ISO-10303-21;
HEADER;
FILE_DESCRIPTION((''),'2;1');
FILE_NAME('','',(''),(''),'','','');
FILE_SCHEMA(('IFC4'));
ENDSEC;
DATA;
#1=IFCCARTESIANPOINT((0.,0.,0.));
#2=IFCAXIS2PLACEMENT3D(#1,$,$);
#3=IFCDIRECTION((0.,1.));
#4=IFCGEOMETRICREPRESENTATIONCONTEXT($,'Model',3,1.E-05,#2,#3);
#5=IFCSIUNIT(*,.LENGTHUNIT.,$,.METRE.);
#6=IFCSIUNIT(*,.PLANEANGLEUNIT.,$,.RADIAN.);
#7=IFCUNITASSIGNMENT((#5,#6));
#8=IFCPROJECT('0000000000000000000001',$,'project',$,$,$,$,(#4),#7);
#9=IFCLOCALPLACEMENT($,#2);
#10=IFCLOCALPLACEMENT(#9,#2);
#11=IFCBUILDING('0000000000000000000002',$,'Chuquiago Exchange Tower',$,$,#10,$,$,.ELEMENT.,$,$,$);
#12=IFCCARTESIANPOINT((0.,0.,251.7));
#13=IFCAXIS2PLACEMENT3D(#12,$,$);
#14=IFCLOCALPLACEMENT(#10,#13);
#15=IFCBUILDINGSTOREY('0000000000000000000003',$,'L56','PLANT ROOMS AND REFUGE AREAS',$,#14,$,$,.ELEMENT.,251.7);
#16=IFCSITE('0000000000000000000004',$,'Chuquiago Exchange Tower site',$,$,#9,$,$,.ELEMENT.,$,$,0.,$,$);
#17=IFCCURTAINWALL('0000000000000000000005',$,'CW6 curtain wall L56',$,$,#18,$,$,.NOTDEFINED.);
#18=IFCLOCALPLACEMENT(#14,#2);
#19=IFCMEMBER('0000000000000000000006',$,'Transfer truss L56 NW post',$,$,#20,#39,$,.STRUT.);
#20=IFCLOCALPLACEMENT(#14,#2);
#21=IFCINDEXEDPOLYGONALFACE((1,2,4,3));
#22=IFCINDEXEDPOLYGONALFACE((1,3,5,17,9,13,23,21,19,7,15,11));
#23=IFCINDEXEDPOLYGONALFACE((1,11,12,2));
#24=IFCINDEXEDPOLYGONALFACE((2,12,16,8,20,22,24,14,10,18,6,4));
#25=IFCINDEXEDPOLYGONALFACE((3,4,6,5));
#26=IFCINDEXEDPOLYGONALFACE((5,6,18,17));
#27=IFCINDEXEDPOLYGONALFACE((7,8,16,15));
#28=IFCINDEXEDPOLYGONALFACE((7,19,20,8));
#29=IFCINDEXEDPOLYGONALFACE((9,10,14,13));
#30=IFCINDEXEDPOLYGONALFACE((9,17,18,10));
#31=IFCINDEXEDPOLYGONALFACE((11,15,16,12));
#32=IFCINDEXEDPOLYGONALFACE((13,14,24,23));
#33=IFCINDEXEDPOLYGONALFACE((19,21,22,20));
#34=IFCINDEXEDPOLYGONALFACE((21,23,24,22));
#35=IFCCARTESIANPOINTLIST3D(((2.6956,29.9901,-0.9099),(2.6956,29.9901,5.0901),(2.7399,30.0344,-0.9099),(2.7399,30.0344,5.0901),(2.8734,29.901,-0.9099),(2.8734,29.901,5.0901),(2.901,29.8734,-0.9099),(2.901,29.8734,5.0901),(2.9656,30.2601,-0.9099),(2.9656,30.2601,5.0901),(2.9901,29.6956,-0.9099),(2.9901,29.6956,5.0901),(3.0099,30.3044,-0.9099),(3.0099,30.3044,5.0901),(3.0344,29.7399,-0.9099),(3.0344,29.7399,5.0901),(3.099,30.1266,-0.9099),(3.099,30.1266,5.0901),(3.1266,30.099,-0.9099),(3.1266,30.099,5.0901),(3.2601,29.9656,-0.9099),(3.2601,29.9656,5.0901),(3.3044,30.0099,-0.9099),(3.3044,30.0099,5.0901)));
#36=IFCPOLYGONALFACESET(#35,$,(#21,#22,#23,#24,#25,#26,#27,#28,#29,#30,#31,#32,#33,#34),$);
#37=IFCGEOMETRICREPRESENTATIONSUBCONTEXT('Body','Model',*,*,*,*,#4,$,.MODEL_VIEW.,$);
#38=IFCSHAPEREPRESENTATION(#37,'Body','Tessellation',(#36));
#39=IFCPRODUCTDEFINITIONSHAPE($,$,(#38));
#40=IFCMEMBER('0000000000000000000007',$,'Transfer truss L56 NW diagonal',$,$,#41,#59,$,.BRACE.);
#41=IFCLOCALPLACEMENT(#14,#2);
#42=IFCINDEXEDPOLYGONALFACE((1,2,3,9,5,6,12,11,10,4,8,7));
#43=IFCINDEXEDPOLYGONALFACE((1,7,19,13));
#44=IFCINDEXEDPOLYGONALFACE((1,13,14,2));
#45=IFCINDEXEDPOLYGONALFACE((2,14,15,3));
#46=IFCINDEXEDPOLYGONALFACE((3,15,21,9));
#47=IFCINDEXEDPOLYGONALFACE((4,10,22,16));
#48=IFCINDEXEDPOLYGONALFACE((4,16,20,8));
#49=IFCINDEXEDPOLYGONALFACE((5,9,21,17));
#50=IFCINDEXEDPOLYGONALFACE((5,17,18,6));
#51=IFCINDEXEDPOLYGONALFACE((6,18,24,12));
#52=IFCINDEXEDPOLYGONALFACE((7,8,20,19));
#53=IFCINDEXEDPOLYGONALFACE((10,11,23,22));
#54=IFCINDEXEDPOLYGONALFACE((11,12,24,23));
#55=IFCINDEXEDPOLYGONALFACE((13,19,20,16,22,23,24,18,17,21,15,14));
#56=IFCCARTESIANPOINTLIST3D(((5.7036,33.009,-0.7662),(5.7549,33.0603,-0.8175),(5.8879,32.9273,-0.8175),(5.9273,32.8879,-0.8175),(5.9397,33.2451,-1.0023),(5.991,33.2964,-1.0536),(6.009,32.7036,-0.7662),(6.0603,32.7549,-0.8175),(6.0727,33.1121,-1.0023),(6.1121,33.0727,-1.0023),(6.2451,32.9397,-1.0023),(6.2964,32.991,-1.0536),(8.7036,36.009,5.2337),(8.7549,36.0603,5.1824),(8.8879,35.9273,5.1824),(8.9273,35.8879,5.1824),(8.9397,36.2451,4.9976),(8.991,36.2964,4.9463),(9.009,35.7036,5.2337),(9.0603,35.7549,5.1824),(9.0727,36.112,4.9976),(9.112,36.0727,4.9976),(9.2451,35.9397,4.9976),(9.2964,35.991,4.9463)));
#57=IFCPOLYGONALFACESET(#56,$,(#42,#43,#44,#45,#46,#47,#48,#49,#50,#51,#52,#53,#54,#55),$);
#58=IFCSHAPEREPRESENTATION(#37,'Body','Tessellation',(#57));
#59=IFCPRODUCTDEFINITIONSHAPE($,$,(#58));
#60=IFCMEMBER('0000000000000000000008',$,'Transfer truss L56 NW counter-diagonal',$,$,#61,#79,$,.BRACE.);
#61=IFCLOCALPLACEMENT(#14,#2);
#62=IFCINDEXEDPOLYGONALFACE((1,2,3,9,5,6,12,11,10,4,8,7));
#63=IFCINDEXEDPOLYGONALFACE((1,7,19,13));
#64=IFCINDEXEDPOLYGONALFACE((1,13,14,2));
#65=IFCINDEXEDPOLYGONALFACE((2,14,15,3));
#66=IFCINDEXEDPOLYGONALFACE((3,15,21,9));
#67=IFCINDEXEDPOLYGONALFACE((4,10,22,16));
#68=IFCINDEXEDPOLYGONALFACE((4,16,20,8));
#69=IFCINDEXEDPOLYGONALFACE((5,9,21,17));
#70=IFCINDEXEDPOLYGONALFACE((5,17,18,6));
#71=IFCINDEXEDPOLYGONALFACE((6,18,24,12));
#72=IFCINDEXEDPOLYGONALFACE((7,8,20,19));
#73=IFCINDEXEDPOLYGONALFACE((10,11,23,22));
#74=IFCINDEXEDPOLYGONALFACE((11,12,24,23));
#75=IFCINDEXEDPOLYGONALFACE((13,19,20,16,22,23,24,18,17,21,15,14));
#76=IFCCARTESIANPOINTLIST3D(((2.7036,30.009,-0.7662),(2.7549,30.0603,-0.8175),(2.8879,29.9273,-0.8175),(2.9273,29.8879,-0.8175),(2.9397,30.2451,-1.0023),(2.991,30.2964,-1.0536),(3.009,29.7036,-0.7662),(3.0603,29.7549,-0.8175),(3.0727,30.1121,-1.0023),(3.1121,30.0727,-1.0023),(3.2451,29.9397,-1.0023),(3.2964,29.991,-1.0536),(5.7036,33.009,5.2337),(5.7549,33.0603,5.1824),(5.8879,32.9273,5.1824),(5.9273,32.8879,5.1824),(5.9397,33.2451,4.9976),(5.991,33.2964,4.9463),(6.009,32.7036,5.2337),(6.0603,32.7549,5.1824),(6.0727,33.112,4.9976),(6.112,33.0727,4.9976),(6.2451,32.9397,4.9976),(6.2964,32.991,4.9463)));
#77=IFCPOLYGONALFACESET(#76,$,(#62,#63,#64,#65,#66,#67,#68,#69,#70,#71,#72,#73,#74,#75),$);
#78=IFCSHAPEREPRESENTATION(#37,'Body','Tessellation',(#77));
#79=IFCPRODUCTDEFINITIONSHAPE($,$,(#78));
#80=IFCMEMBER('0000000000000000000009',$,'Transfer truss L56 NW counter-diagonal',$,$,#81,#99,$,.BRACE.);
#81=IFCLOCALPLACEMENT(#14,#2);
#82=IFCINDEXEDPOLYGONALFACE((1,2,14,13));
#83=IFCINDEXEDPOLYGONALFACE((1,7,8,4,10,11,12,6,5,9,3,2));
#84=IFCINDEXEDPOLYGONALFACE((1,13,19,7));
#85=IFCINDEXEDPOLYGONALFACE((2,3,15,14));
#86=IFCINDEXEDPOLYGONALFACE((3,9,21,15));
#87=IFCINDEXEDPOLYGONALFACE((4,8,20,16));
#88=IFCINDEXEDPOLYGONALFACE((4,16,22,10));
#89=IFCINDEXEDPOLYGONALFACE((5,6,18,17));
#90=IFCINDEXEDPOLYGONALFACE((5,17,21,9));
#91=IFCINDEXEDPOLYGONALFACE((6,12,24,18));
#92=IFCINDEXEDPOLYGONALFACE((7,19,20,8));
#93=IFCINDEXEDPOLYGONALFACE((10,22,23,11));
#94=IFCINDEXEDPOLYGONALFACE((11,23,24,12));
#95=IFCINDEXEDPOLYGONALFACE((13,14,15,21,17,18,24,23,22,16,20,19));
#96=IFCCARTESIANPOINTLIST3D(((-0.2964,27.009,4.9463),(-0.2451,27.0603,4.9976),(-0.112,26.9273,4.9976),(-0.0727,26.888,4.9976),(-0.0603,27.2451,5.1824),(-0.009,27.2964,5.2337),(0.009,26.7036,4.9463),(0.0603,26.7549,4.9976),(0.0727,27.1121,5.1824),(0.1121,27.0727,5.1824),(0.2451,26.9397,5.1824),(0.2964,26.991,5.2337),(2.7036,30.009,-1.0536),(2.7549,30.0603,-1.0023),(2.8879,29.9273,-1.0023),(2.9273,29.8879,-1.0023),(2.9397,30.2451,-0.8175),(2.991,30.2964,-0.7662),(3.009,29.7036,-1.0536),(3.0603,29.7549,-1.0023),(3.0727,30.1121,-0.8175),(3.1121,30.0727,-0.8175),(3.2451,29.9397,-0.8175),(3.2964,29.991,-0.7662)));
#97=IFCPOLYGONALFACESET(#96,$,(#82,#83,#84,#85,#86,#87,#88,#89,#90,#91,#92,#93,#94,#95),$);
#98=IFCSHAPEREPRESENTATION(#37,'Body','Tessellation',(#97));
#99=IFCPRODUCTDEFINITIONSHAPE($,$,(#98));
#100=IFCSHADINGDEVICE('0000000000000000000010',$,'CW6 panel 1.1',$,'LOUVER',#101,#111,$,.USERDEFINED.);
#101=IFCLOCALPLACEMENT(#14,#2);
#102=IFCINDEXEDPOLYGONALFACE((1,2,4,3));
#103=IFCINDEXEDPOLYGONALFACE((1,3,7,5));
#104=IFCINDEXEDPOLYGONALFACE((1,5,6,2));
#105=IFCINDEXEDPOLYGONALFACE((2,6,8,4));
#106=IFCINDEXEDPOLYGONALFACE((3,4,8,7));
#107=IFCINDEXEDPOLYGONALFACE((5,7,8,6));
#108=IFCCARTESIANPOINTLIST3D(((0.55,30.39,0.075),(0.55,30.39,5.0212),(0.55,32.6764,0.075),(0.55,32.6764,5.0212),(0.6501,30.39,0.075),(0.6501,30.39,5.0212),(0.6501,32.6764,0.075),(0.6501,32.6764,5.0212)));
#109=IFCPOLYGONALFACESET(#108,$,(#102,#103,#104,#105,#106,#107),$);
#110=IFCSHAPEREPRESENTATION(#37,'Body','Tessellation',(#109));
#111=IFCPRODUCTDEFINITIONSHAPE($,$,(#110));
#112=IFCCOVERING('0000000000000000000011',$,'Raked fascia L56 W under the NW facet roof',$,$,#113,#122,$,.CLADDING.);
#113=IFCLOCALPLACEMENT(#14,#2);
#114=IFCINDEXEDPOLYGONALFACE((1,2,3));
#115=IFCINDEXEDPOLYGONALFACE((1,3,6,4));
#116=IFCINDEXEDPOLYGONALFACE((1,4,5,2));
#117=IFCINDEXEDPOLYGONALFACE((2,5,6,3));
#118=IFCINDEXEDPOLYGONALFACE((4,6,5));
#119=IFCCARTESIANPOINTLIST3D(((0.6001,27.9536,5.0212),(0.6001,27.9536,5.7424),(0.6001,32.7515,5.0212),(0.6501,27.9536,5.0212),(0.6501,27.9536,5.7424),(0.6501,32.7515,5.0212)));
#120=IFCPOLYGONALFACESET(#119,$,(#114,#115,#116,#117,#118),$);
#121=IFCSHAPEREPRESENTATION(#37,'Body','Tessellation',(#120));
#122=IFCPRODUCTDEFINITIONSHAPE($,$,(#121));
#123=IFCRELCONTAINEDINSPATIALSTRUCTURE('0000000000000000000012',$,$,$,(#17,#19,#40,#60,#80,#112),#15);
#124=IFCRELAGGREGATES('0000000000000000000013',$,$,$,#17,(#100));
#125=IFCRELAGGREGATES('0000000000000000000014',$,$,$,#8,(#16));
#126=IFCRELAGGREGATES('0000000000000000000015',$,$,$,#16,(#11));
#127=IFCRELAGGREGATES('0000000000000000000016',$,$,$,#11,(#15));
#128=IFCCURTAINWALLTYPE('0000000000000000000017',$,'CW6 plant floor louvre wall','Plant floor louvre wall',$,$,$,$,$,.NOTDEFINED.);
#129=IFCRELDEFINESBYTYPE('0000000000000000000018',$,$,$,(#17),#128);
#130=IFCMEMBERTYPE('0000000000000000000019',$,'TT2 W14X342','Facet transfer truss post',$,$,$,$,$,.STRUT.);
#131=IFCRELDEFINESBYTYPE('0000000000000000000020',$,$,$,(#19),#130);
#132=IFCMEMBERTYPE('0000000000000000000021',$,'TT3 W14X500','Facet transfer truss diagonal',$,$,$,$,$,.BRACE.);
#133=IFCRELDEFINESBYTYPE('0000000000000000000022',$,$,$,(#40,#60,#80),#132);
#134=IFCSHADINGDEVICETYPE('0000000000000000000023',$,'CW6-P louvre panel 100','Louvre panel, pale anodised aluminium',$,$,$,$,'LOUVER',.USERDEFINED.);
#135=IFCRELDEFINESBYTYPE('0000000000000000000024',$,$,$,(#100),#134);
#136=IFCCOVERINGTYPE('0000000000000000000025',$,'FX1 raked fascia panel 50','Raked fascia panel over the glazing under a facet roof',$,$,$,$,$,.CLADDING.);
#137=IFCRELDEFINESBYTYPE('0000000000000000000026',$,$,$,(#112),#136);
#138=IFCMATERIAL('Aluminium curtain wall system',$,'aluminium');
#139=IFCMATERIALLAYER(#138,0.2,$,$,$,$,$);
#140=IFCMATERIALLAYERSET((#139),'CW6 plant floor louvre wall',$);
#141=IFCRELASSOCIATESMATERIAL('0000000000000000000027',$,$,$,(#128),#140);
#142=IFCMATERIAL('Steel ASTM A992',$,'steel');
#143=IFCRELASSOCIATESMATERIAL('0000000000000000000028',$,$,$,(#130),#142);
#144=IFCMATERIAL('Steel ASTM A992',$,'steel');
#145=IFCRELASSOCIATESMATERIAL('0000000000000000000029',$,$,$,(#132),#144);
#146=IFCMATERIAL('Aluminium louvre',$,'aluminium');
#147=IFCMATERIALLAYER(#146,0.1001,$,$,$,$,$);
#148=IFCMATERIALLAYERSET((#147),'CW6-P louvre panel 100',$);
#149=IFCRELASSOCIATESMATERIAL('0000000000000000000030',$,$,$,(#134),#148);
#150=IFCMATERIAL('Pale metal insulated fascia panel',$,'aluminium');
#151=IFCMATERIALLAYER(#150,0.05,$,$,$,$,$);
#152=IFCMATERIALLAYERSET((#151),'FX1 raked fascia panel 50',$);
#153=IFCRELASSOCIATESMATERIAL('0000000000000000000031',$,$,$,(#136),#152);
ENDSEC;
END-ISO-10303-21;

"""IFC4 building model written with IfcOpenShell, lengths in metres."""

from ifc_helpers import new_model, si_unit, direction, frame, origin, origin_2d, place, context, subcontext, project, spatial, polyline, rectangle, i_section, outline, extrude, material, layer, layer_set, material_profile, profile_set, type_object, element, aggregate, save


model = new_model("IFC4")

# Units and contexts
model_context = context("Model", 3, precision=1e-05, world=origin(), true_north=direction((0.0, 1.0)))
body_context = subcontext(model_context, "Body", "Model", "MODEL_VIEW")
ifc_project = project(units=[si_unit("LENGTHUNIT", "METRE"), si_unit("PLANEANGLEUNIT", "RADIAN")], contexts=[model_context])

# Site, building, storey
site_placement = place(None, origin())
site = spatial("IfcSite", under=ifc_project, at=site_placement, Name="Chuquiago Exchange Tower site", CompositionType="ELEMENT", RefElevation=0.0)
building_placement = place(site_placement, origin())
building = spatial("IfcBuilding", under=site, at=building_placement, Name="Chuquiago Exchange Tower", CompositionType="ELEMENT")
storey_placement = place(building_placement, frame((0.0, 0.0, 251.7)))
storey = spatial("IfcBuildingStorey", under=building, at=storey_placement, Name="L56", Description="PLANT ROOMS AND REFUGE AREAS", CompositionType="ELEMENT", Elevation=251.7)

# Shared definitions
ifc_material_1 = material(Name="Aluminium curtain wall system", Category="aluminium")
ifc_layer_1 = layer(ifc_material_1, 0.2)
ifc_layer_set_1 = layer_set([ifc_layer_1], Name="CW6 plant floor louvre wall")
curtain_wall_type = type_object("IfcCurtainWallType", Name="CW6 plant floor louvre wall", Description="Plant floor louvre wall", PredefinedType="NOTDEFINED", material=ifc_layer_set_1)

# Curtain wall
curtain_wall_1_placement = place(storey_placement, origin())
curtain_wall_1 = element("IfcCurtainWall", 1, at=curtain_wall_1_placement, inside=storey, type_object=curtain_wall_type, Name="CW6 curtain wall L56", PredefinedType="NOTDEFINED")

# Members
ifc_material_2 = material(Name="Steel ASTM A992", Category="steel")
ifc_material_profile_1 = material_profile(ifc_material_2, i_section(OverallWidth=0.4165, OverallDepth=0.4446, WebThickness=0.0391, FlangeThickness=0.0627, at=origin_2d()), Name="W14X342")
ifc_profile_set_1 = profile_set([ifc_material_profile_1], Name="Steel ASTM A992")
member_type_1 = type_object("IfcMemberType", Name="TT2 W14X342", Description="Facet transfer truss post", PredefinedType="STRUT", material=ifc_profile_set_1)
member_1_placement = place(storey_placement, frame((3.0, 30.0, -0.9099), z_axis=(0.0, 0.0, 1.0), x_axis=(-0.707107, 0.707107, 0.0)))
element("IfcMember", 2, at=member_1_placement, inside=storey, type_object=member_type_1, Name="Transfer truss L56 NW post", PredefinedType="STRUT", context=body_context, shape_type="SweptSolid", body=[
    extrude(i_section(OverallWidth=0.4165, OverallDepth=0.4446, WebThickness=0.0391, FlangeThickness=0.0627, at=origin_2d()), origin(), (0.0, 0.0, 1.0), 6.0),
])
ifc_material_3 = material(Name="Steel ASTM A992", Category="steel")
ifc_material_profile_2 = material_profile(ifc_material_3, i_section(OverallWidth=0.4319, OverallDepth=0.4978, WebThickness=0.0557, FlangeThickness=0.0889, at=origin_2d()), Name="W14X500")
ifc_profile_set_2 = profile_set([ifc_material_profile_2], Name="Steel ASTM A992")
member_type_2 = type_object("IfcMemberType", Name="TT3 W14X500", Description="Facet transfer truss diagonal", PredefinedType="BRACE", material=ifc_profile_set_2)
for number, where, z_axis, x_axis, name in (
    (3, (6.0, 33.0, -0.9099), (0.408248, 0.408248, 0.816497), (-0.707107, 0.707107, 0.0), "Transfer truss L56 NW diagonal"),
    (4, (3.0, 30.0, -0.9099), (0.408248, 0.408248, 0.816497), (-0.707107, 0.707107, 0.0), "Transfer truss L56 NW counter-diagonal"),
    (5, (3.0, 30.0, -0.9099), (-0.408248, -0.408248, 0.816497), (0.707107, -0.707107, 0.0), "Transfer truss L56 NW counter-diagonal"),
):
    element("IfcMember", number, at=place(storey_placement, frame(where, z_axis=z_axis, x_axis=x_axis)), inside=storey, type_object=member_type_2, Name=name, PredefinedType="BRACE", context=body_context, shape_type="SweptSolid", body=[
        extrude(i_section(OverallWidth=0.4319, OverallDepth=0.4978, WebThickness=0.0557, FlangeThickness=0.0889, at=origin_2d()), origin(), (0.0, 0.0, 1.0), 7.3484),
    ])

# Shading device
ifc_material_4 = material(Name="Aluminium louvre", Category="aluminium")
ifc_layer_2 = layer(ifc_material_4, 0.1001)
ifc_layer_set_2 = layer_set([ifc_layer_2], Name="CW6-P louvre panel 100")
shading_device_type = type_object("IfcShadingDeviceType", Name="CW6-P louvre panel 100", Description="Louvre panel, pale anodised aluminium", ElementType="LOUVER", PredefinedType="USERDEFINED", material=ifc_layer_set_2)
shading_device_placement = place(storey_placement, frame((0.6001, 31.5332, 0.075), z_axis=(0.0, 0.0, 1.0), x_axis=(0.0, -1.0, 0.0)))
shading_device = element("IfcShadingDevice", 6, at=shading_device_placement, type_object=shading_device_type, Name="CW6 panel 1.1", ObjectType="LOUVER", PredefinedType="USERDEFINED", context=body_context, shape_type="SweptSolid", body=[
    extrude(rectangle(XDim=2.2864, YDim=0.1001, at=origin_2d()), origin(), (0.0, 0.0, 1.0), 4.9463),
])
aggregate(curtain_wall_1, [shading_device])

# Covering
ifc_material_5 = material(Name="Pale metal insulated fascia panel", Category="aluminium")
ifc_layer_3 = layer(ifc_material_5, 0.05)
ifc_layer_set_3 = layer_set([ifc_layer_3], Name="FX1 raked fascia panel 50")
covering_type_1 = type_object("IfcCoveringType", Name="FX1 raked fascia panel 50", Description="Raked fascia panel over the glazing under a facet roof", PredefinedType="CLADDING", material=ifc_layer_set_3)
covering_1_placement = place(storey_placement, frame((0.6001, 32.7515, 5.0212), z_axis=(-1.0, 0.0, 0.0), x_axis=(0.0, -1.0, 0.0)))
element("IfcCovering", 7, at=covering_1_placement, inside=storey, type_object=covering_type_1, Name="Raked fascia L56 W under the NW facet roof", PredefinedType="CLADDING", context=body_context, shape_type="SweptSolid", body=[
    extrude(outline(polyline([(0.0, 0.0), (4.7979, 0.0), (4.7979, 0.7212), (0.0, 0.0)])), origin(), (0.0, 0.0, -1.0), 0.05),
])

save(model, "model.ifc")
